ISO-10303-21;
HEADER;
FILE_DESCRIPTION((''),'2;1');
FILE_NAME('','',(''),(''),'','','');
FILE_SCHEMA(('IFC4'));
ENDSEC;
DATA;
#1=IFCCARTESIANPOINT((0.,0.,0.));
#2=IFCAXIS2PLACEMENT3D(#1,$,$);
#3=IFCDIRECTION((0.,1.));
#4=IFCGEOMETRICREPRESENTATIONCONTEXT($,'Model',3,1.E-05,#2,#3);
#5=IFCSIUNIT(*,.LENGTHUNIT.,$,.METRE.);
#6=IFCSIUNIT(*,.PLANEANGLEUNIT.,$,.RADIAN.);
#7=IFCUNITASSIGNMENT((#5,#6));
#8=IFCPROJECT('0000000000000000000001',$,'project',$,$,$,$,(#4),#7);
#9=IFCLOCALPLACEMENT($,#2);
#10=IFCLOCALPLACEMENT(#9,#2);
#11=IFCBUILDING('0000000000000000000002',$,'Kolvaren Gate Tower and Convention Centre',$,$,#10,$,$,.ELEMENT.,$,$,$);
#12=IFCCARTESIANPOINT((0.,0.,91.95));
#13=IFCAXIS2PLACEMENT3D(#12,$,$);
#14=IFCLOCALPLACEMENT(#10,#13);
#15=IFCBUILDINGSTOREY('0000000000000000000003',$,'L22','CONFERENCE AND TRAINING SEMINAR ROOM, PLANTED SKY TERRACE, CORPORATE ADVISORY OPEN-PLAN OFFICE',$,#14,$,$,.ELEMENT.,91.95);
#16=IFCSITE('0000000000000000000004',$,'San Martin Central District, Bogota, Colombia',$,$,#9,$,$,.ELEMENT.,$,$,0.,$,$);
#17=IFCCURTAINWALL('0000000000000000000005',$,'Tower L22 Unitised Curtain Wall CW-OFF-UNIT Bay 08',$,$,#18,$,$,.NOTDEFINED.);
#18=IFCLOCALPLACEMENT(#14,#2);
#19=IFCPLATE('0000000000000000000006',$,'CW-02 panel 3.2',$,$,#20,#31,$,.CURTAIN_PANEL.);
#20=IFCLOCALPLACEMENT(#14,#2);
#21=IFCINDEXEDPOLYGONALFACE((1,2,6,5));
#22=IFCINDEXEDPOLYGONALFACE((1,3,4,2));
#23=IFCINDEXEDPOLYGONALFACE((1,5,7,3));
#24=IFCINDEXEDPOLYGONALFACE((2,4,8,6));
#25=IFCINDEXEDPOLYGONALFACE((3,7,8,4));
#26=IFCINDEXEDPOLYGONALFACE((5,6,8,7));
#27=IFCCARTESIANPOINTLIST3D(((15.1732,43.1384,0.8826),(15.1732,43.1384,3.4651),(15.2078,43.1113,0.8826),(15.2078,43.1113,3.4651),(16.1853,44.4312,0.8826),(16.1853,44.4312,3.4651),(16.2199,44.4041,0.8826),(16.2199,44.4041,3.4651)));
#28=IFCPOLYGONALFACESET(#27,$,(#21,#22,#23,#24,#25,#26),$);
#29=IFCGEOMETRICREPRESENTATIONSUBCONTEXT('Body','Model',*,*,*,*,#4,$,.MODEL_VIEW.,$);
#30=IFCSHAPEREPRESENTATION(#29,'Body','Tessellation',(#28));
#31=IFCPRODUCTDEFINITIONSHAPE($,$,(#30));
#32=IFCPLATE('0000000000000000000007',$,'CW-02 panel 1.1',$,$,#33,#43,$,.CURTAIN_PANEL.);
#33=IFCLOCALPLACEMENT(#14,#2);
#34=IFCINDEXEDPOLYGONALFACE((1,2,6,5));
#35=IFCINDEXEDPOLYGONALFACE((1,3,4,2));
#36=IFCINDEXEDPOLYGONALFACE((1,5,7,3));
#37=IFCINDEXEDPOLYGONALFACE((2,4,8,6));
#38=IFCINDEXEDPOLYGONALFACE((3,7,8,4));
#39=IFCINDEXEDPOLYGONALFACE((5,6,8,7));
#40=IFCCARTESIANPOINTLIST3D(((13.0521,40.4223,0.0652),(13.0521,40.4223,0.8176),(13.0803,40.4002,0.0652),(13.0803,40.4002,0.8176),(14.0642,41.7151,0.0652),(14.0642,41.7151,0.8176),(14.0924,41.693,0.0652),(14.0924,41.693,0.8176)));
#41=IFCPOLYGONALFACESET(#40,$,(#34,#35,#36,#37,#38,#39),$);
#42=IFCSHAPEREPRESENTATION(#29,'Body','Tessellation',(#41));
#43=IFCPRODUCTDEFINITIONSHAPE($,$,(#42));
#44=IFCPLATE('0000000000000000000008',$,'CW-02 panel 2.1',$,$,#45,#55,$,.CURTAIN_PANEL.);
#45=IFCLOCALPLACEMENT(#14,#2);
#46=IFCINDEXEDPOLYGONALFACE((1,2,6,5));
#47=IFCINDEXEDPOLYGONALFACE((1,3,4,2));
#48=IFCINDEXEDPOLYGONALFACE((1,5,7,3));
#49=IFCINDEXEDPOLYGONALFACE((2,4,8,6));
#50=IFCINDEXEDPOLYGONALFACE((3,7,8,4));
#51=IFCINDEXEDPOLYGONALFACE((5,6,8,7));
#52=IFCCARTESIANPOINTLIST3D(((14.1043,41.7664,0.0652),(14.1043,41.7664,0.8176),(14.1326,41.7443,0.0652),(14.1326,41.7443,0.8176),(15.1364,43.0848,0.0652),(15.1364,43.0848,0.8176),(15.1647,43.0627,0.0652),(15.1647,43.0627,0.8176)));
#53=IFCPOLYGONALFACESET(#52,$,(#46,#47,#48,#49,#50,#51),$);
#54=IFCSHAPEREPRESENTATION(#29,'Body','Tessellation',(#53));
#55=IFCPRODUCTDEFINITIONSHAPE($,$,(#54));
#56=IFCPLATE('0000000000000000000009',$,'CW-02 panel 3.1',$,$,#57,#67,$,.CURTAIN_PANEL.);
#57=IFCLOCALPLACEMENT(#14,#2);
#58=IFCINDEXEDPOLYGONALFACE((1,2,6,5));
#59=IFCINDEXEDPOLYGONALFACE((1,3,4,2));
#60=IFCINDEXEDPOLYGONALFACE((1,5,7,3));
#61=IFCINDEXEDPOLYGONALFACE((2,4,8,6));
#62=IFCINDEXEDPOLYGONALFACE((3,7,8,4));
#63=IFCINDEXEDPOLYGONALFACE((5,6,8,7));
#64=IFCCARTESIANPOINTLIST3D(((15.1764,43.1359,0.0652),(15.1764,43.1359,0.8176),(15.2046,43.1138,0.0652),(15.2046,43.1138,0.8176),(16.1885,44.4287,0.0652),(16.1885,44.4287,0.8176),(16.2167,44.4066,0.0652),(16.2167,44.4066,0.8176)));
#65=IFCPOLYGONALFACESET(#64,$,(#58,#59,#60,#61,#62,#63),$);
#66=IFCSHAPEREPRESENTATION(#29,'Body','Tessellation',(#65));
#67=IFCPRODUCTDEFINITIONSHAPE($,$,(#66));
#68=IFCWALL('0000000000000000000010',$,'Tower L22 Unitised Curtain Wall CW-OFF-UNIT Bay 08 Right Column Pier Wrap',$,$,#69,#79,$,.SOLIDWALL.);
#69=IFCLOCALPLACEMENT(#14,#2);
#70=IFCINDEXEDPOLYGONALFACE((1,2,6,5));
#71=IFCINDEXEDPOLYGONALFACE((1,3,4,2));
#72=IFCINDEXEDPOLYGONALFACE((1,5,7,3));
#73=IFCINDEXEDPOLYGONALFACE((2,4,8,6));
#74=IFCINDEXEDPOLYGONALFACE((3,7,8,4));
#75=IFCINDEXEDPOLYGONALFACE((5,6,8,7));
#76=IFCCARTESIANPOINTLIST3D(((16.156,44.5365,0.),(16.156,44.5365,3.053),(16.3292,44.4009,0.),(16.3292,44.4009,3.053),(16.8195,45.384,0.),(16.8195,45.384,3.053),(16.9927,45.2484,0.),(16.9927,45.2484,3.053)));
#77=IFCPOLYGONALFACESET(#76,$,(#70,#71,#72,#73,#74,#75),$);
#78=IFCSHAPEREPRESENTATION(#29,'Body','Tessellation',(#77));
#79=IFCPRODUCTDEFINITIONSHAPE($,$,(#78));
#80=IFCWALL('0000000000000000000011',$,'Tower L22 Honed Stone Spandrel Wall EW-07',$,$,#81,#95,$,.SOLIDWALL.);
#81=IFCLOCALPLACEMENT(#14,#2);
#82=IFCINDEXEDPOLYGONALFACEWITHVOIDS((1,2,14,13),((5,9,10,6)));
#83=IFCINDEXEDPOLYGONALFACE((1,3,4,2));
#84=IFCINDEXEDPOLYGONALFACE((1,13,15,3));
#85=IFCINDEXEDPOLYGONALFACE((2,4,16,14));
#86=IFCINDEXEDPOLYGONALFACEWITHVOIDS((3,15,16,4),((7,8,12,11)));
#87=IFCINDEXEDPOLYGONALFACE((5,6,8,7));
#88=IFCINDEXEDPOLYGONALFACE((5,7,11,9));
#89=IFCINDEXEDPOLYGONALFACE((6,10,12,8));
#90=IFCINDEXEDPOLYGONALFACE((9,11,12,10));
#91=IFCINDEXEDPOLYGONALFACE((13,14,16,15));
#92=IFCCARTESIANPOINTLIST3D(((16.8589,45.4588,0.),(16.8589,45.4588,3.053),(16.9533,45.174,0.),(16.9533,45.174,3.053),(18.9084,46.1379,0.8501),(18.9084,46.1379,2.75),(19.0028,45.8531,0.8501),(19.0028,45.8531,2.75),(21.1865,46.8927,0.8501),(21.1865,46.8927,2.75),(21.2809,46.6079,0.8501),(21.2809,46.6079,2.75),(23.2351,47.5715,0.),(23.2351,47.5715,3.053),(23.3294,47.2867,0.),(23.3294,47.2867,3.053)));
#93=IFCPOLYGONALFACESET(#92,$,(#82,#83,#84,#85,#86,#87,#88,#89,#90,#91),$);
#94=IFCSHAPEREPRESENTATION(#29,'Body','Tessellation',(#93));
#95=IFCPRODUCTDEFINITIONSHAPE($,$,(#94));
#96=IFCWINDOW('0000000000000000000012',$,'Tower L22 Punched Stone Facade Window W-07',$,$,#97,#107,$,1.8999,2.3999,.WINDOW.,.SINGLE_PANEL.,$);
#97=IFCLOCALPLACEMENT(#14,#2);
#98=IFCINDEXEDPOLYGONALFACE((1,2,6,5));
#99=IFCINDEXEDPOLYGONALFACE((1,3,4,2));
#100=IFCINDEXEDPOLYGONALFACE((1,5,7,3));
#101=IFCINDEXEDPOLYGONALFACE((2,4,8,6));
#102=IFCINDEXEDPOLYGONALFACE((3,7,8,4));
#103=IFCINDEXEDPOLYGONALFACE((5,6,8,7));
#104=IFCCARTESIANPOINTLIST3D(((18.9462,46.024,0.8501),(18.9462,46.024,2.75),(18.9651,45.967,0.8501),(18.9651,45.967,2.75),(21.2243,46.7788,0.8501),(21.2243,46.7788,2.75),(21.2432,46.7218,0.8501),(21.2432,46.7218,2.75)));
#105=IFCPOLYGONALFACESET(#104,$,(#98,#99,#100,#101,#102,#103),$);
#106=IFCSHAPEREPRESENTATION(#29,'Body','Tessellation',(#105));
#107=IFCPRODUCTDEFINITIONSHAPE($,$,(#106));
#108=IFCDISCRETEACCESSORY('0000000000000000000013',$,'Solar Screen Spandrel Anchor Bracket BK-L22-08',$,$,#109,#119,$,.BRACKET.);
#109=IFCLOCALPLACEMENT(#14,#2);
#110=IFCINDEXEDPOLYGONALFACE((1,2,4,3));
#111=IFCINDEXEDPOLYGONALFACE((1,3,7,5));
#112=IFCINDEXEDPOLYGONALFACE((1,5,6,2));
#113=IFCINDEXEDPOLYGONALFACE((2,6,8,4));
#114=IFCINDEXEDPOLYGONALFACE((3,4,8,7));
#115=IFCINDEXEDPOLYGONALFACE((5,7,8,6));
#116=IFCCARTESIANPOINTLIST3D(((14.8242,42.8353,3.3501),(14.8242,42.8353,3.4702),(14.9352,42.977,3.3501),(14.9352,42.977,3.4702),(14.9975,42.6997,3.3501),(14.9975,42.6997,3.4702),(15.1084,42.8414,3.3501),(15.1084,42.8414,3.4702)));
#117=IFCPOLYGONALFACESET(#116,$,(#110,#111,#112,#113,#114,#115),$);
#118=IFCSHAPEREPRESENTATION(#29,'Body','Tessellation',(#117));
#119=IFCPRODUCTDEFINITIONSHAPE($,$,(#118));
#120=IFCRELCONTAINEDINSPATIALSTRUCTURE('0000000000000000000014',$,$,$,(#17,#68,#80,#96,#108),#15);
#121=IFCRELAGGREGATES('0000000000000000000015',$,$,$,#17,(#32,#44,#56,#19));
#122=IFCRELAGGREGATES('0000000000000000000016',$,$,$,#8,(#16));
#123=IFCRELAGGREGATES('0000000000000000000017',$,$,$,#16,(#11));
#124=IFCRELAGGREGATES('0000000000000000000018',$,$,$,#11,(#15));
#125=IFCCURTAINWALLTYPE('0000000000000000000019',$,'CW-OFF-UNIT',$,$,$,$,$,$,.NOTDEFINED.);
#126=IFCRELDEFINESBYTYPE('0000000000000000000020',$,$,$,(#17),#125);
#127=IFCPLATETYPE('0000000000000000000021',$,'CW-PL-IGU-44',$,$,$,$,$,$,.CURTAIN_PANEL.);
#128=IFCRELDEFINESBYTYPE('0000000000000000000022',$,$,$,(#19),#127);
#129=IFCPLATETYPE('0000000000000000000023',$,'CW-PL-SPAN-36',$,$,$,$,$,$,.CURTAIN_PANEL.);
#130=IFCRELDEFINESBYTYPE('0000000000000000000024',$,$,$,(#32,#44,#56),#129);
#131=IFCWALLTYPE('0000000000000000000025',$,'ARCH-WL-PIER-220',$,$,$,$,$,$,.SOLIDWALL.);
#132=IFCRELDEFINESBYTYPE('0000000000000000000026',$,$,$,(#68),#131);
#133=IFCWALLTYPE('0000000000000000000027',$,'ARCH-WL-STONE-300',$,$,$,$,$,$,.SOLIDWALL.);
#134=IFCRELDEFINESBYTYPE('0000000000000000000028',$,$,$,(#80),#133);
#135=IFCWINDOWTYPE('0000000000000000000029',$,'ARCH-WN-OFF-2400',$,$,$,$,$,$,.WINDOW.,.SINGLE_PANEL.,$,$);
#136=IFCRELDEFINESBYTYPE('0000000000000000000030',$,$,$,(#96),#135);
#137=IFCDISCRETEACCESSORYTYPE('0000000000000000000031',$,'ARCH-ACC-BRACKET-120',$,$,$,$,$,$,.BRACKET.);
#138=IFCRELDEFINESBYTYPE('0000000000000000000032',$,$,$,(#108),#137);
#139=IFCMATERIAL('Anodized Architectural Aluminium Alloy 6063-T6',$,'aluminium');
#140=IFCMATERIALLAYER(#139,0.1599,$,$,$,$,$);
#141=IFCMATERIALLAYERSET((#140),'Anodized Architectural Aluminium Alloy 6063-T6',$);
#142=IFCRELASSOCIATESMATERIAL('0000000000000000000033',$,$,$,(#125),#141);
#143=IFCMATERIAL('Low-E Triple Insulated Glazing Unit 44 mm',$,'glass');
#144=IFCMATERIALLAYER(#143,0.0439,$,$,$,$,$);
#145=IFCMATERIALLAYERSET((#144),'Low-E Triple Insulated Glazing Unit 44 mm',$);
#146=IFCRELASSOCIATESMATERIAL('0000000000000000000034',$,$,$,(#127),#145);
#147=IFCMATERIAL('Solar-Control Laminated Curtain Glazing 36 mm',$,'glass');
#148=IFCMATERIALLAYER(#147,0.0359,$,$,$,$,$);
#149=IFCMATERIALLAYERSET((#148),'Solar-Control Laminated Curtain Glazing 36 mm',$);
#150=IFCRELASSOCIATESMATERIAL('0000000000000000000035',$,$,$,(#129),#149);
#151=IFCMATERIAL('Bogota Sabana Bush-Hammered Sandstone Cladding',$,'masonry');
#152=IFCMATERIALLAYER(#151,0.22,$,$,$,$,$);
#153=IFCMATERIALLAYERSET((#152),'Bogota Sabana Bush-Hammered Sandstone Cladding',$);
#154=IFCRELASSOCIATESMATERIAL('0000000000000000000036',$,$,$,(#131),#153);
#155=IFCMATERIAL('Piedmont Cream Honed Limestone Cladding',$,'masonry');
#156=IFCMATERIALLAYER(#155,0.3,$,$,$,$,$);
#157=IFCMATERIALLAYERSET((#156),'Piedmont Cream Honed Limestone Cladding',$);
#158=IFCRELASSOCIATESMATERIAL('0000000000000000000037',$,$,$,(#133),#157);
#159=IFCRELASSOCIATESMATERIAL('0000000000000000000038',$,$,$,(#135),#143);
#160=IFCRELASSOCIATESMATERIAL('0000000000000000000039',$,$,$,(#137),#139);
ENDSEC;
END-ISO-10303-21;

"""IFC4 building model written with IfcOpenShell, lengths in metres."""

from ifc_helpers import new_model, si_unit, direction, frame, frame_2d, origin, origin_2d, place, context, subcontext, project, spatial, rectangle, extrude, material, layer, layer_set, type_object, element, fill, aggregate, save


model = new_model("IFC4")

# Units and contexts
model_context = context("Model", 3, precision=1e-05, world=origin(), true_north=direction((0.0, 1.0)))
body_context = subcontext(model_context, "Body", "Model", "MODEL_VIEW")
ifc_project = project(units=[si_unit("LENGTHUNIT", "METRE"), si_unit("PLANEANGLEUNIT", "RADIAN")], contexts=[model_context])

# Site, building, storey
site_placement = place(None, origin())
site = spatial("IfcSite", under=ifc_project, at=site_placement, Name="San Martin Central District, Bogota, Colombia", CompositionType="ELEMENT", RefElevation=0.0)
building_placement = place(site_placement, origin())
building = spatial("IfcBuilding", under=site, at=building_placement, Name="Kolvaren Gate Tower and Convention Centre", CompositionType="ELEMENT")
storey_placement = place(building_placement, frame((0.0, 0.0, 91.95)))
storey = spatial("IfcBuildingStorey", under=building, at=storey_placement, Name="L22", Description="CONFERENCE AND TRAINING SEMINAR ROOM, PLANTED SKY TERRACE, CORPORATE ADVISORY OPEN-PLAN OFFICE", CompositionType="ELEMENT", Elevation=91.95)

# Curtain wall
ifc_material_1 = material(Name="Anodized Architectural Aluminium Alloy 6063-T6", Category="aluminium")
ifc_layer_1 = layer(ifc_material_1, 0.1599)
ifc_layer_set_1 = layer_set([ifc_layer_1], Name="Anodized Architectural Aluminium Alloy 6063-T6")
curtain_wall_type = type_object("IfcCurtainWallType", Name="CW-OFF-UNIT", PredefinedType="NOTDEFINED", material=ifc_layer_set_1)
curtain_wall_placement = place(storey_placement, origin())
curtain_wall = element("IfcCurtainWall", 1, at=curtain_wall_placement, inside=storey, type_object=curtain_wall_type, Name="Tower L22 Unitised Curtain Wall CW-OFF-UNIT Bay 08", PredefinedType="NOTDEFINED")

# Plates
ifc_material_2 = material(Name="Low-E Triple Insulated Glazing Unit 44 mm", Category="glass")
ifc_layer_2 = layer(ifc_material_2, 0.0439)
ifc_layer_set_2 = layer_set([ifc_layer_2], Name="Low-E Triple Insulated Glazing Unit 44 mm")
plate_type_1 = type_object("IfcPlateType", Name="CW-PL-IGU-44", PredefinedType="CURTAIN_PANEL", material=ifc_layer_set_2)
plate_1_placement = place(storey_placement, frame((15.6965, 43.7712, 0.8826), z_axis=(0.0, 0.0, 1.0), x_axis=(0.616438, 0.787403, 0.0)))
plate_1 = element("IfcPlate", 2, at=plate_1_placement, type_object=plate_type_1, Name="CW-02 panel 3.2", PredefinedType="CURTAIN_PANEL", context=body_context, shape_type="SweptSolid", body=[
    extrude(rectangle(XDim=1.6418, YDim=0.0439, at=origin_2d()), origin(), (0.0, 0.0, 1.0), 2.5825),
])
ifc_material_3 = material(Name="Solar-Control Laminated Curtain Glazing 36 mm", Category="glass")
ifc_layer_3 = layer(ifc_material_3, 0.0359)
ifc_layer_set_3 = layer_set([ifc_layer_3], Name="Solar-Control Laminated Curtain Glazing 36 mm")
plate_type_2 = type_object("IfcPlateType", Name="CW-PL-SPAN-36", PredefinedType="CURTAIN_PANEL", material=ifc_layer_set_3)
plate_2_placement = place(storey_placement, frame((13.5723, 41.0576, 0.0652), z_axis=(0.0, 0.0, 1.0), x_axis=(0.616438, 0.787403, 0.0)))
plate_2 = element("IfcPlate", 3, at=plate_2_placement, type_object=plate_type_2, Name="CW-02 panel 1.1", PredefinedType="CURTAIN_PANEL", context=body_context, shape_type="SweptSolid", body=[
    extrude(rectangle(XDim=1.6418, YDim=0.0359, at=origin_2d()), origin(), (0.0, 0.0, 1.0), 0.7524),
])
plate_3_placement = place(storey_placement, frame((14.6345, 42.4146, 0.0652), z_axis=(0.0, 0.0, 1.0), x_axis=(0.616438, 0.787403, 0.0)))
plate_3 = element("IfcPlate", 4, at=plate_3_placement, type_object=plate_type_2, Name="CW-02 panel 2.1", PredefinedType="CURTAIN_PANEL", context=body_context, shape_type="SweptSolid", body=[
    extrude(rectangle(XDim=1.6743, YDim=0.0359, at=origin_2d()), origin(), (0.0, 0.0, 1.0), 0.7524),
])
plate_4_placement = place(storey_placement, frame((15.6965, 43.7712, 0.0652), z_axis=(0.0, 0.0, 1.0), x_axis=(0.616438, 0.787403, 0.0)))
plate_4 = element("IfcPlate", 5, at=plate_4_placement, type_object=plate_type_2, Name="CW-02 panel 3.1", PredefinedType="CURTAIN_PANEL", context=body_context, shape_type="SweptSolid", body=[
    extrude(rectangle(XDim=1.6418, YDim=0.0359, at=origin_2d()), origin(), (0.0, 0.0, 1.0), 0.7524),
])
aggregate(curtain_wall, [plate_2, plate_3, plate_4, plate_1])

# Wall
ifc_material_4 = material(Name="Bogota Sabana Bush-Hammered Sandstone Cladding", Category="masonry")
ifc_layer_4 = layer(ifc_material_4, 0.22)
ifc_layer_set_4 = layer_set([ifc_layer_4], Name="Bogota Sabana Bush-Hammered Sandstone Cladding")
wall_type_1 = type_object("IfcWallType", Name="ARCH-WL-PIER-220", PredefinedType="SOLIDWALL", material=ifc_layer_set_4)
wall_1_placement = place(storey_placement, frame((16.2427, 44.4688, 0.0), z_axis=(0.0, 0.0, 1.0), x_axis=(0.616418, 0.787419, 0.0)))
element("IfcWall", 6, at=wall_1_placement, inside=storey, type_object=wall_type_1, Name="Tower L22 Unitised Curtain Wall CW-OFF-UNIT Bay 08 Right Column Pier Wrap", PredefinedType="SOLIDWALL", context=body_context, shape_type="SweptSolid", body=[
    extrude(rectangle(XDim=1.0764, YDim=0.22, at=frame_2d((0.5381, 0.0))), origin(), (0.0, 0.0, 1.0), 3.053),
])

# Wall, opening, window
ifc_material_5 = material(Name="Piedmont Cream Honed Limestone Cladding", Category="masonry")
ifc_layer_5 = layer(ifc_material_5, 0.3)
ifc_layer_set_5 = layer_set([ifc_layer_5], Name="Piedmont Cream Honed Limestone Cladding")
wall_type_2 = type_object("IfcWallType", Name="ARCH-WL-STONE-300", PredefinedType="SOLIDWALL", material=ifc_layer_set_5)
wall_2_placement = place(storey_placement, frame((16.9062, 45.3164, 0.0), z_axis=(0.0, 0.0, 1.0), x_axis=(0.949245, 0.314537, 0.0)))
wall_2 = element("IfcWall", 7, at=wall_2_placement, inside=storey, type_object=wall_type_2, Name="Tower L22 Honed Stone Spandrel Wall EW-07", PredefinedType="SOLIDWALL", context=body_context, shape_type="SweptSolid", body=[
    extrude(rectangle(XDim=6.717, YDim=0.3, at=frame_2d((3.3584, 0.0))), origin(), (0.0, 0.0, 1.0), 3.053),
])
opening_placement = place(wall_2_placement, frame((2.1589, 0.0, 0.8501)))
opening = element("IfcOpeningElement", 8, at=opening_placement, cuts=wall_2, PredefinedType="OPENING", context=body_context, shape_type="SweptSolid", body=[
    extrude(rectangle(XDim=2.3999, YDim=1.8999, at=frame_2d((1.2, 0.95))), frame((0.0, 0.1599, 0.0), z_axis=(0.0, -1.0, 0.0), x_axis=(1.0, 0.0, 0.0)), (0.0, 0.0, 1.0), 0.3201),
])
window_type = type_object("IfcWindowType", Name="ARCH-WN-OFF-2400", PartitioningType="SINGLE_PANEL", PredefinedType="WINDOW", material=ifc_material_2)
window_placement = place(opening_placement, origin())
window = element("IfcWindow", 9, at=window_placement, inside=storey, type_object=window_type, Name="Tower L22 Punched Stone Facade Window W-07", OverallHeight=1.8999, OverallWidth=2.3999, PartitioningType="SINGLE_PANEL", PredefinedType="WINDOW", context=body_context, shape_type="SweptSolid", body=[
    extrude(rectangle(XDim=2.3999, YDim=1.8999, at=frame_2d((1.2, 0.95))), frame((0.0, 0.03, 0.0), z_axis=(0.0, -1.0, 0.0), x_axis=(1.0, 0.0, 0.0)), (0.0, 0.0, 1.0), 0.0601),
])
fill(opening, window)

# Discrete accessory
discrete_accessory_type = type_object("IfcDiscreteAccessoryType", Name="ARCH-ACC-BRACKET-120", PredefinedType="BRACKET", material=ifc_material_1)
discrete_accessory_placement = place(storey_placement, frame((14.9663, 42.8384, 3.3501), z_axis=(0.0, 0.0, 1.0), x_axis=(0.616442, 0.7874, 0.0)))
element("IfcDiscreteAccessory", 10, at=discrete_accessory_placement, inside=storey, type_object=discrete_accessory_type, Name="Solar Screen Spandrel Anchor Bracket BK-L22-08", PredefinedType="BRACKET", context=body_context, shape_type="SweptSolid", body=[
    extrude(rectangle(XDim=0.1799, YDim=0.22, at=origin_2d()), origin(), (0.0, 0.0, 1.0), 0.1201),
])

save(model, "model.ifc")
